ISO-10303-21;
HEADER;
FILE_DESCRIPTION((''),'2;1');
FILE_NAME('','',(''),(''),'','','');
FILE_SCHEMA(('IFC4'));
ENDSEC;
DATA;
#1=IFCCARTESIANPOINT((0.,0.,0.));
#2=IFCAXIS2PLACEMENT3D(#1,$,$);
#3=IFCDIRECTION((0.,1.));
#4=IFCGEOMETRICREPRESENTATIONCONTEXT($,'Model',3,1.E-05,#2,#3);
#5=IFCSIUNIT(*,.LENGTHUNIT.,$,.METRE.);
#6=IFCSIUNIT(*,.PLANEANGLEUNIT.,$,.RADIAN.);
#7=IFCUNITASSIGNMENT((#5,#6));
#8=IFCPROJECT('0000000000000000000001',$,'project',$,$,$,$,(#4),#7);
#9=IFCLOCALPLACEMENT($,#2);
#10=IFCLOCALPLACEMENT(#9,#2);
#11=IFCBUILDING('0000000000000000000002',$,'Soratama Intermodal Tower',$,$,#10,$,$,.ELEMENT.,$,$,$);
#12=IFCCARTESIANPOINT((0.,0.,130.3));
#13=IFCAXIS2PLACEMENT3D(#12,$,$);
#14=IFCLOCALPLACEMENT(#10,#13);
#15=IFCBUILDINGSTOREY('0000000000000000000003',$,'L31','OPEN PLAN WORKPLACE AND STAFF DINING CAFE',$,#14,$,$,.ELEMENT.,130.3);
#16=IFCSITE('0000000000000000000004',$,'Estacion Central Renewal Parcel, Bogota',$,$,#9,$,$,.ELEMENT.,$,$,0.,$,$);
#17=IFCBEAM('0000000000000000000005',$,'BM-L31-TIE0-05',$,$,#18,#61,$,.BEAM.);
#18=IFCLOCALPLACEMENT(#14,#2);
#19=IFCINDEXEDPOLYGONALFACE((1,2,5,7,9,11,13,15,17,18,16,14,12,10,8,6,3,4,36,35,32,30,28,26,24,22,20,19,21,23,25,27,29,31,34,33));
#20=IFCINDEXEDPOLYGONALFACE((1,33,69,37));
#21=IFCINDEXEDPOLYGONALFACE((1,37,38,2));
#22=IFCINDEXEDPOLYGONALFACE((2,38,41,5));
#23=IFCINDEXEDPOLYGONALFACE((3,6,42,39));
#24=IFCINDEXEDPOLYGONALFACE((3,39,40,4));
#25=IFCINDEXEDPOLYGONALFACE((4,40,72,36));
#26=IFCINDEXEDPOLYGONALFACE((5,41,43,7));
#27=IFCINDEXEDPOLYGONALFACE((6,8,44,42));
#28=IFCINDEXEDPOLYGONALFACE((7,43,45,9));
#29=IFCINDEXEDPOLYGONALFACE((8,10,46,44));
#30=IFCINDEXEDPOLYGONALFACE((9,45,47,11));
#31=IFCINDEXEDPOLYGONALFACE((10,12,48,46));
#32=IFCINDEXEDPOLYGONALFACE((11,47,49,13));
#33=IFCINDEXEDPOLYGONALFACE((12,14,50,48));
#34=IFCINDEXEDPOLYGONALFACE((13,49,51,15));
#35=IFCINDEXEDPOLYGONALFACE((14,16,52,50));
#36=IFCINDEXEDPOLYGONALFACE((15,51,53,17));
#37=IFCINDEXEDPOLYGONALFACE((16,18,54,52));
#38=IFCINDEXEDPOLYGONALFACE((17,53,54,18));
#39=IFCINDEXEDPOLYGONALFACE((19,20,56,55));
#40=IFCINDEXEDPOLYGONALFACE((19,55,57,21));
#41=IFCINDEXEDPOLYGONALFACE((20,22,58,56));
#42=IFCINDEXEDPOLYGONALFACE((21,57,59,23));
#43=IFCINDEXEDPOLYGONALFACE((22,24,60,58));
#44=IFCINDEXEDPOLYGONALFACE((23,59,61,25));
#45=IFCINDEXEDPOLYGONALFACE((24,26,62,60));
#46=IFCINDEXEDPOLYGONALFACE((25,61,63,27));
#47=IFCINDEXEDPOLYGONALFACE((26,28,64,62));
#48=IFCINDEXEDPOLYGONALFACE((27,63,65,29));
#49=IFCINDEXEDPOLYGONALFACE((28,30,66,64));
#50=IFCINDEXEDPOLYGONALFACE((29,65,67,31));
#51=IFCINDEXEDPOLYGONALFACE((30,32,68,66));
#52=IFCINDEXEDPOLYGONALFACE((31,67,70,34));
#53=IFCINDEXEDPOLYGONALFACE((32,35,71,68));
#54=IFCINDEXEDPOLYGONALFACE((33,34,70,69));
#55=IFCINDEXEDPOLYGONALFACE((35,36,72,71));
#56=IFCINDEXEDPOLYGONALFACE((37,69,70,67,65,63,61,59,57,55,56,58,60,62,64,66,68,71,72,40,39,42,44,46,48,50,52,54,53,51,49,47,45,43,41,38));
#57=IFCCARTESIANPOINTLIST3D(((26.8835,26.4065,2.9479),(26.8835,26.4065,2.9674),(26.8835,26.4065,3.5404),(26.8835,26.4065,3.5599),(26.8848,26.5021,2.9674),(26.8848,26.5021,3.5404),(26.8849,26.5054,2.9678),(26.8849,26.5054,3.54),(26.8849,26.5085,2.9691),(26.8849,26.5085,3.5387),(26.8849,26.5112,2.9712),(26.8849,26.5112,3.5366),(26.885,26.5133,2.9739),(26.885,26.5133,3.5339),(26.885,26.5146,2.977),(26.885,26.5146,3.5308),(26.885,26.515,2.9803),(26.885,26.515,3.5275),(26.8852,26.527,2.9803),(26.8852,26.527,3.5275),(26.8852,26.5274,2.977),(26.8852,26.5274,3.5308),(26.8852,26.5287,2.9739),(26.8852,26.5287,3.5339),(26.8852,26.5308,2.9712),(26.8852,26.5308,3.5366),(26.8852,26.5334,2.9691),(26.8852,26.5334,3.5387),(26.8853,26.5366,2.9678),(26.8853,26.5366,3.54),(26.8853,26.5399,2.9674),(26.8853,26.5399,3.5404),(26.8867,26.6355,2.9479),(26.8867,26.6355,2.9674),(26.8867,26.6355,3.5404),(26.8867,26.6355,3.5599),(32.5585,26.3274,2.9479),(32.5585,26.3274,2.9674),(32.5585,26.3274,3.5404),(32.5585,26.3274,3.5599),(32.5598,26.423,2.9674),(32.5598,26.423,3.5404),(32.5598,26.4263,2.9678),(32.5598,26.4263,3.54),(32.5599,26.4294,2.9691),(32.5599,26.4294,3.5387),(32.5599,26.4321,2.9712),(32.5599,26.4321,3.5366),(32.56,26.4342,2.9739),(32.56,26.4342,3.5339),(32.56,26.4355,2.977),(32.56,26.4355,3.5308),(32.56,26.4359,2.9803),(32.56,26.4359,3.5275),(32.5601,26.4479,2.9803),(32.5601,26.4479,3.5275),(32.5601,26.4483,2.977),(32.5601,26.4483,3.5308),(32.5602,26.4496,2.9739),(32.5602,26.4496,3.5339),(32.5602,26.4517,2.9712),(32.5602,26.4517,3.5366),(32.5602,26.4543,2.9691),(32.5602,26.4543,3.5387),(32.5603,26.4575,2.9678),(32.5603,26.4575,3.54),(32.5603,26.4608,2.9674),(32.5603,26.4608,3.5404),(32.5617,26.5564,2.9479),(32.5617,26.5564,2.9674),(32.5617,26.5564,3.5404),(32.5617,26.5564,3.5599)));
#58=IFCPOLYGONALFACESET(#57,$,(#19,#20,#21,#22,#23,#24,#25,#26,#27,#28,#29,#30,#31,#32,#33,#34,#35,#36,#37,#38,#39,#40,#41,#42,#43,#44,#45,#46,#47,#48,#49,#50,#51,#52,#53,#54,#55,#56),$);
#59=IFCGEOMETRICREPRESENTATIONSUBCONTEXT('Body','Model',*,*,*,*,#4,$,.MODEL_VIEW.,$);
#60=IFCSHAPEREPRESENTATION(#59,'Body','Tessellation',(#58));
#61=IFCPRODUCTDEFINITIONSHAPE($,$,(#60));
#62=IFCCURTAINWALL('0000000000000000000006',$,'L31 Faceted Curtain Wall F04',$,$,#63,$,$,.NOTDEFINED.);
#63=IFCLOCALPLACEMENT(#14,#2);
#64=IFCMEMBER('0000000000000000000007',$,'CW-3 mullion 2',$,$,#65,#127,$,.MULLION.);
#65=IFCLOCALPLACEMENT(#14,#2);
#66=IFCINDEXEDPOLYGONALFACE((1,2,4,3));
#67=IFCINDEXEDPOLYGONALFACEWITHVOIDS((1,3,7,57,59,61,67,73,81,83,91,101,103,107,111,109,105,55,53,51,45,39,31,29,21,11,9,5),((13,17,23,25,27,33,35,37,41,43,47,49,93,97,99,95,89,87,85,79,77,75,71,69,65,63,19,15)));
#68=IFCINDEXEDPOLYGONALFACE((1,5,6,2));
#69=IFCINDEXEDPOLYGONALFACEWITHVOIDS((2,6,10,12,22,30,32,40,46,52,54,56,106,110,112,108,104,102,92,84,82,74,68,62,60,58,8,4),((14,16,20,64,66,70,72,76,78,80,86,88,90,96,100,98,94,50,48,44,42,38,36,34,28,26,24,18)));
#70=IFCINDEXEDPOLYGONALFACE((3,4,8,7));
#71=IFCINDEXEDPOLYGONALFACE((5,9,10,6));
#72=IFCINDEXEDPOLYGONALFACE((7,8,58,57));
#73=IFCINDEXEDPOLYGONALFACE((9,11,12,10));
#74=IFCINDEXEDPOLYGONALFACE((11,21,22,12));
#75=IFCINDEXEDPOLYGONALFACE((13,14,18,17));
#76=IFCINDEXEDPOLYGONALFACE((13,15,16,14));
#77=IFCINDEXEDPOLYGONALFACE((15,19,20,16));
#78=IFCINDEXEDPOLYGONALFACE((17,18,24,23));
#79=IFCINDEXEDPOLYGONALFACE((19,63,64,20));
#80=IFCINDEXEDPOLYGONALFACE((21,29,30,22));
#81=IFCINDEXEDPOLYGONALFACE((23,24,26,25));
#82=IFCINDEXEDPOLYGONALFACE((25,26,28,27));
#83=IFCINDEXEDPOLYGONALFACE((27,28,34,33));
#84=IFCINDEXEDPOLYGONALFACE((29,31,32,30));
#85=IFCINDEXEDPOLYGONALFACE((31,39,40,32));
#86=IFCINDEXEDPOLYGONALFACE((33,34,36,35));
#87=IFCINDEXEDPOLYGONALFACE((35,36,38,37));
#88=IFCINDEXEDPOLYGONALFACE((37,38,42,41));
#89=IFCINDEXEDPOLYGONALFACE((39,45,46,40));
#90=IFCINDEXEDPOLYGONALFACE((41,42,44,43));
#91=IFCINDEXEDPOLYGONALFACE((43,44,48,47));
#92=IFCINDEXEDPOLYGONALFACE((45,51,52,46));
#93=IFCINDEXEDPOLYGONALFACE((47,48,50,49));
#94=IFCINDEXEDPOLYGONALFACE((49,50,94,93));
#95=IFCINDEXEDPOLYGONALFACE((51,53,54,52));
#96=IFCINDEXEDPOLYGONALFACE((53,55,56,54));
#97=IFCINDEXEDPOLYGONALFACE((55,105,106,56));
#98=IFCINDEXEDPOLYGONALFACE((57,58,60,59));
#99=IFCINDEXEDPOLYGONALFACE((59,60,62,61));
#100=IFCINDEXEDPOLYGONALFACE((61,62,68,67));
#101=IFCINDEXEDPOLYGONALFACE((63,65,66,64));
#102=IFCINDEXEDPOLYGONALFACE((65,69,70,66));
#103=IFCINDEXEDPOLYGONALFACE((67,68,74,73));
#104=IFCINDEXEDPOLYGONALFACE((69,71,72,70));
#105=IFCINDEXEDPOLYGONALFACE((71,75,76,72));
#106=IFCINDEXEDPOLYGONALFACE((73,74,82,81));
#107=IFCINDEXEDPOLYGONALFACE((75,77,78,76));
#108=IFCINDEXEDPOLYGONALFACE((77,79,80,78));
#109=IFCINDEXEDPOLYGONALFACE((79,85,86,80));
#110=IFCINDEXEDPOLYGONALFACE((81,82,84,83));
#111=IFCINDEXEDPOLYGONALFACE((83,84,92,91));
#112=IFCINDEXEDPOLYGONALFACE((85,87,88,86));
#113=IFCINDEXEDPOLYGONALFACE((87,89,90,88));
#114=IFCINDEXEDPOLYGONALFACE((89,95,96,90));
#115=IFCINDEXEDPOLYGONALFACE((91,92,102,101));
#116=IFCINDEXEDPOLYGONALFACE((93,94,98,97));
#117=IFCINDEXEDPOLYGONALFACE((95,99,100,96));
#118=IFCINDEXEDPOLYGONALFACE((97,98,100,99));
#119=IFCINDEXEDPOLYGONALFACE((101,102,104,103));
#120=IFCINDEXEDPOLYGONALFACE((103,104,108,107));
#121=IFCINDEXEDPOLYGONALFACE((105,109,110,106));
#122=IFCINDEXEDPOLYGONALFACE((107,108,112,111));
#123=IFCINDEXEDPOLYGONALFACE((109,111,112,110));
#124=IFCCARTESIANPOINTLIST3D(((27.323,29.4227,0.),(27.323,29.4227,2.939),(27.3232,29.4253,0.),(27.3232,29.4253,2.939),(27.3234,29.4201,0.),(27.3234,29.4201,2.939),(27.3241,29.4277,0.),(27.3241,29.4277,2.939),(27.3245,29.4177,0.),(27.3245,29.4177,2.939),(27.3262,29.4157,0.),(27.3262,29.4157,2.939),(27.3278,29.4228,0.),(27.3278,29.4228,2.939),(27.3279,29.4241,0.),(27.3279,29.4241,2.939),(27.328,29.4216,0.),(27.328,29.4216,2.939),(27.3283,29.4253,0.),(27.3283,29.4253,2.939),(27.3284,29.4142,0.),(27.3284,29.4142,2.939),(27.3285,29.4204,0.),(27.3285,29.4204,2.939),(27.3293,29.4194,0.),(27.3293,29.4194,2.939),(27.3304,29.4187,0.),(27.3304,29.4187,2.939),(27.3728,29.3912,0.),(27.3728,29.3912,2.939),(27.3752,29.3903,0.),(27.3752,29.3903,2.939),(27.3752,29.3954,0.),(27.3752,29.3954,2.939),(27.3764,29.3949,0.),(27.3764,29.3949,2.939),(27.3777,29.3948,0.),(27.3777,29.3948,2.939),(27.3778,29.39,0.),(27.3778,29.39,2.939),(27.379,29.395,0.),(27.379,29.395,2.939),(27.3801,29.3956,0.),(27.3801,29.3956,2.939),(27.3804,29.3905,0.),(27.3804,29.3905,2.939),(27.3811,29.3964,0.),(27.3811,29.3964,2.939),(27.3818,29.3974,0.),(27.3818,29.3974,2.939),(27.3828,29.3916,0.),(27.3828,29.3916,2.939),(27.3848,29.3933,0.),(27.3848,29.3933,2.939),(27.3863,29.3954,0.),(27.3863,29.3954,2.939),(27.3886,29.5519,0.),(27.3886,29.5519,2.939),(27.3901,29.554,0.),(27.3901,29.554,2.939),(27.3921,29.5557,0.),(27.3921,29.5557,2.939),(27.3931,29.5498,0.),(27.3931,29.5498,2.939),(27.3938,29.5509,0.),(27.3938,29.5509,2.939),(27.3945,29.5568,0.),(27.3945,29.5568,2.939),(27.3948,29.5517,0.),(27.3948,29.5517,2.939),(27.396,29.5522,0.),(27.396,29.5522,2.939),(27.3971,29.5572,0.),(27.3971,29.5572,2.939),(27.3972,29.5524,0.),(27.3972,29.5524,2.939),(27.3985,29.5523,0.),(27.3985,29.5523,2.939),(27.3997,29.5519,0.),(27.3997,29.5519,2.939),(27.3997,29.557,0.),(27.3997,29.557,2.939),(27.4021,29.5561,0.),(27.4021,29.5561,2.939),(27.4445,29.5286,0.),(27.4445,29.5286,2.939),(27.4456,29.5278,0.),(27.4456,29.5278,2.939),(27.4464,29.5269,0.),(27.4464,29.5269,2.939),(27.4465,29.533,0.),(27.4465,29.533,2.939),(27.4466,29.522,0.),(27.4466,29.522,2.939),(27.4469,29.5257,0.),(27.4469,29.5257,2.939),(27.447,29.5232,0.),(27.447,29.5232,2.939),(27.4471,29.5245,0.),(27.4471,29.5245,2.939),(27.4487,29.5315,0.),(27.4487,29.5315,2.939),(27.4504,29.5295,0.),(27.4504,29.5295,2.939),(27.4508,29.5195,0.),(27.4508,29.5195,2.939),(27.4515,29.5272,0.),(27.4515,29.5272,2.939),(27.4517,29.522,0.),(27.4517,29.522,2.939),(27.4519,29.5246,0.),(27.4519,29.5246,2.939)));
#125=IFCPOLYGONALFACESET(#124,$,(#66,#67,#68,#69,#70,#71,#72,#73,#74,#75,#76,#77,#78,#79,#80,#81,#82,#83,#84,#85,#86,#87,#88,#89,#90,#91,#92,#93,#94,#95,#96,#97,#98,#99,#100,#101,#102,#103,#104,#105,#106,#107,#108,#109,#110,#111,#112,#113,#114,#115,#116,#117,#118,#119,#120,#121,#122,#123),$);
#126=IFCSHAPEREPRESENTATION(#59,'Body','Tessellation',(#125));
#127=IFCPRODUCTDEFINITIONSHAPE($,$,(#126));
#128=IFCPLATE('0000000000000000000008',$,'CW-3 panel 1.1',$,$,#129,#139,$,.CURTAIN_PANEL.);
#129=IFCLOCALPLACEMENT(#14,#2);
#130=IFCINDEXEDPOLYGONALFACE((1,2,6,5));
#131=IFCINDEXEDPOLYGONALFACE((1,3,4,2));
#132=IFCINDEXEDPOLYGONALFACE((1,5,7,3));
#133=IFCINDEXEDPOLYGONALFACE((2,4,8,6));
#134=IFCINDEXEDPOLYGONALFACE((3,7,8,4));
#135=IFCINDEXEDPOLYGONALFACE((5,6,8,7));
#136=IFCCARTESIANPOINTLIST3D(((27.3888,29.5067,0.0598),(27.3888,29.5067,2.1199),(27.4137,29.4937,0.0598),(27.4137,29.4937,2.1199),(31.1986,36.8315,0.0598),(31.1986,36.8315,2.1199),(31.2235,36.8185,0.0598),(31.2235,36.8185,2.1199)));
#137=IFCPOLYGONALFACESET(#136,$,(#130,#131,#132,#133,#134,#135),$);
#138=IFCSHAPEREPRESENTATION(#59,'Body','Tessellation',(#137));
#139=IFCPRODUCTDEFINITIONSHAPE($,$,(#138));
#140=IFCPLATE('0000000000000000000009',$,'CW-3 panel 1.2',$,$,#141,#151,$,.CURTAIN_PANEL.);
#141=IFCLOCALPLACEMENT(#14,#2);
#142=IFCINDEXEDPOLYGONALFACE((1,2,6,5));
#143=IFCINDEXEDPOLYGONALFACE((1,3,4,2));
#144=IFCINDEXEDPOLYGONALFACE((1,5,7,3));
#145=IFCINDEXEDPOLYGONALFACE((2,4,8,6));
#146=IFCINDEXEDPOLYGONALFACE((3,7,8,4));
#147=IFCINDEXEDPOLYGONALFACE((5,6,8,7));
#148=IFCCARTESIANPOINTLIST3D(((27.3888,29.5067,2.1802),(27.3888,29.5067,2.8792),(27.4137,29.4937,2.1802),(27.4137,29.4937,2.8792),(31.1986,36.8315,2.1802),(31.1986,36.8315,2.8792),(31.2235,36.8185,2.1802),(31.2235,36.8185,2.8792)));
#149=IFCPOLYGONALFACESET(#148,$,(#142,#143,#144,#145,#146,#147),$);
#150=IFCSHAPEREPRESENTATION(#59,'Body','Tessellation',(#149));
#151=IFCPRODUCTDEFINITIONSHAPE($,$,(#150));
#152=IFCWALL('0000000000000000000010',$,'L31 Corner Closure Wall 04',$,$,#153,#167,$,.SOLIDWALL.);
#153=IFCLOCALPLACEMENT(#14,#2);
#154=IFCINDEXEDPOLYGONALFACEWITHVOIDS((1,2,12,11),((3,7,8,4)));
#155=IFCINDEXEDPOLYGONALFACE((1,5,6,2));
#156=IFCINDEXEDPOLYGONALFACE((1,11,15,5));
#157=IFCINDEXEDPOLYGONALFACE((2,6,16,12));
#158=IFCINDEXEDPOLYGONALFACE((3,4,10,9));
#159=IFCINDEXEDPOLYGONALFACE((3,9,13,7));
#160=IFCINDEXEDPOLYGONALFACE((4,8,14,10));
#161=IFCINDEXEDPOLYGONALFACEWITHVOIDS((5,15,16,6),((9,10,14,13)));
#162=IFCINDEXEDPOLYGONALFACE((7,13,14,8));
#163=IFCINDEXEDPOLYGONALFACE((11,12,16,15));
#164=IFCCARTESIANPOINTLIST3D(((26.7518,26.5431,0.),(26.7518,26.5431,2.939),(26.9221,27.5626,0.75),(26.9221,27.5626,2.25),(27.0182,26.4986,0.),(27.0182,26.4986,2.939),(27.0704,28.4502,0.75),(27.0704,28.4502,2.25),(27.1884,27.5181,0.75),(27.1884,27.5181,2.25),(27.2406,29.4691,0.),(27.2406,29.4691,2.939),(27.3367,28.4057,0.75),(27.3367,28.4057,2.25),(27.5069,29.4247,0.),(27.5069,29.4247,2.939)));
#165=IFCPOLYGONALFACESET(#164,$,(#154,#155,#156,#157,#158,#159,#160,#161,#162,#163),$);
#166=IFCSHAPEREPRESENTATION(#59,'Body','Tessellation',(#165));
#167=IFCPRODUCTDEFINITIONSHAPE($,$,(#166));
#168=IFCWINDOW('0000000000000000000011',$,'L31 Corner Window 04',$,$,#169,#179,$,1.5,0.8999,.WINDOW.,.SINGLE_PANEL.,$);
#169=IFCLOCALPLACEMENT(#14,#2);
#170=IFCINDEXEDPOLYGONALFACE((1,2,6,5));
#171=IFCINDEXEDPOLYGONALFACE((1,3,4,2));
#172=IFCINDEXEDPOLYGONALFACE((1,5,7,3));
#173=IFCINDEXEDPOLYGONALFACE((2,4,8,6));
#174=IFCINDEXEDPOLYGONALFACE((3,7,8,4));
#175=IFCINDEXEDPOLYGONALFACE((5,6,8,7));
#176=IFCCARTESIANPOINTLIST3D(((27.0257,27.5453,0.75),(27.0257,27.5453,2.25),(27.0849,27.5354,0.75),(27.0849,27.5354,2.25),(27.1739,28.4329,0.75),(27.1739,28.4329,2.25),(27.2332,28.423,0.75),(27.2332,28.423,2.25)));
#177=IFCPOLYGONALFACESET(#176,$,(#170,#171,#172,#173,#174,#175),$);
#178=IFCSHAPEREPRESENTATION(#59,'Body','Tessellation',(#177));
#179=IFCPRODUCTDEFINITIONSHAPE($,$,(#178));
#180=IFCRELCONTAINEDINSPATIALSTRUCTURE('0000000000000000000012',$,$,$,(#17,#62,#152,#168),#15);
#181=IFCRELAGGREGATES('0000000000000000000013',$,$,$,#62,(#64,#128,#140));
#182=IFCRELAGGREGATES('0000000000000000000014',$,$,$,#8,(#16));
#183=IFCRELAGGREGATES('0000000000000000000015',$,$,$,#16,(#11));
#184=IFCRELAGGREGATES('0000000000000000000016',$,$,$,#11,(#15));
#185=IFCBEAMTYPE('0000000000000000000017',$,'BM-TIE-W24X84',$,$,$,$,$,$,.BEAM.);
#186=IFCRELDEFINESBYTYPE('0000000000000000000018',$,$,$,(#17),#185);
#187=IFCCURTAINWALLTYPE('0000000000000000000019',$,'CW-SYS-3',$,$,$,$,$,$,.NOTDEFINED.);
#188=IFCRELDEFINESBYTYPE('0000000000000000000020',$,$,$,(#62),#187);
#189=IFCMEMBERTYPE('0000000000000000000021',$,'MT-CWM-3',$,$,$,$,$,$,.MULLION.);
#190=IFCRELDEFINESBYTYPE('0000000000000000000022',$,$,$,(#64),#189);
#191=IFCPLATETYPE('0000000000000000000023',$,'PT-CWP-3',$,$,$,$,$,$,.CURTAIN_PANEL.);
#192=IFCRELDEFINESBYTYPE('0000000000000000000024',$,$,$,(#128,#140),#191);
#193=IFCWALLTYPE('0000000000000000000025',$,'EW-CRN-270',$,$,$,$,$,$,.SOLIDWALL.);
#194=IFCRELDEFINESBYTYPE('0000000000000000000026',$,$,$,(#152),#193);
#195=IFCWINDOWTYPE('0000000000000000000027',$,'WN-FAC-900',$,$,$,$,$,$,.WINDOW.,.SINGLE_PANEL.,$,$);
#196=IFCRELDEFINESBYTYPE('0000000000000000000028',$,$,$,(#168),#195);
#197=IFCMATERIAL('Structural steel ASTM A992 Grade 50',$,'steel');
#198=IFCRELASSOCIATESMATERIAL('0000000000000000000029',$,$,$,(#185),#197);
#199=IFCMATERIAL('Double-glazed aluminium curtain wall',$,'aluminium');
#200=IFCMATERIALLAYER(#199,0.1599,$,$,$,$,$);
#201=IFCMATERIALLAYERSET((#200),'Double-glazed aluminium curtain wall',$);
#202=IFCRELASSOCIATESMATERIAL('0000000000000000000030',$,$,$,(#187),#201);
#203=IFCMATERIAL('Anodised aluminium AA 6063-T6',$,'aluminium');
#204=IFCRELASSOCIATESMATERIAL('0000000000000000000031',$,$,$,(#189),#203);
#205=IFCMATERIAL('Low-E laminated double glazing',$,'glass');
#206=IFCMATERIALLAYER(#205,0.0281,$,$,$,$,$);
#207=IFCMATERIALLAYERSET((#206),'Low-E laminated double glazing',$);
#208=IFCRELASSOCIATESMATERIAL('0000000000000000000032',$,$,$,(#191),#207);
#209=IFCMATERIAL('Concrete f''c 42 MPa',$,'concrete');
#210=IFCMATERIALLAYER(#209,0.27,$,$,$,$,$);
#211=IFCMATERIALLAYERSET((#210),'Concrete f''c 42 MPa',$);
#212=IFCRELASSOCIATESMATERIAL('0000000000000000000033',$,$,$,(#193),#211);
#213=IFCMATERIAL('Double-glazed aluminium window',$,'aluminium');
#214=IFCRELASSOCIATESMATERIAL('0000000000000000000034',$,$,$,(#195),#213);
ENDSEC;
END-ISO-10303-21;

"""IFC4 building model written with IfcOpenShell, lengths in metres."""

from ifc_helpers import new_model, si_unit, direction, frame, frame_2d, origin, origin_2d, place, context, subcontext, project, spatial, rectangle, hollow_rectangle, i_section, extrude, material, layer, layer_set, material_profile, profile_set, type_object, element, fill, aggregate, save


model = new_model("IFC4")

# Units and contexts
model_context = context("Model", 3, precision=1e-05, world=origin(), true_north=direction((0.0, 1.0)))
body_context = subcontext(model_context, "Body", "Model", "MODEL_VIEW")
ifc_project = project(units=[si_unit("LENGTHUNIT", "METRE"), si_unit("PLANEANGLEUNIT", "RADIAN")], contexts=[model_context])

# Site, building, storey
site_placement = place(None, origin())
site = spatial("IfcSite", under=ifc_project, at=site_placement, Name="Estacion Central Renewal Parcel, Bogota", CompositionType="ELEMENT", RefElevation=0.0)
building_placement = place(site_placement, origin())
building = spatial("IfcBuilding", under=site, at=building_placement, Name="Soratama Intermodal Tower", CompositionType="ELEMENT")
storey_placement = place(building_placement, frame((0.0, 0.0, 130.3)))
storey = spatial("IfcBuildingStorey", under=building, at=storey_placement, Name="L31", Description="OPEN PLAN WORKPLACE AND STAFF DINING CAFE", CompositionType="ELEMENT", Elevation=130.3)

# Beam
ifc_material_1 = material(Name="Structural steel ASTM A992 Grade 50", Category="steel")
ifc_material_profile_1 = material_profile(ifc_material_1, i_section(OverallWidth=0.229, OverallDepth=0.6121, WebThickness=0.012, FlangeThickness=0.0195, FilletRadius=0.0129, at=origin_2d()), Name="W24X84")
ifc_profile_set_1 = profile_set([ifc_material_profile_1], Name="Structural steel ASTM A992 Grade 50")
beam_type_1 = type_object("IfcBeamType", Name="BM-TIE-W24X84", PredefinedType="BEAM", material=ifc_profile_set_1)
beam_1_placement = place(storey_placement, frame((32.5601, 26.4419, 3.2539), z_axis=(-0.999903, 0.013937, 0.0), x_axis=(-0.013937, -0.999903, 0.0)))
element("IfcBeam", 1, at=beam_1_placement, inside=storey, type_object=beam_type_1, Name="BM-L31-TIE0-05", PredefinedType="BEAM", context=body_context, shape_type="SweptSolid", body=[
    extrude(i_section(OverallWidth=0.229, OverallDepth=0.6121, WebThickness=0.012, FlangeThickness=0.0195, FilletRadius=0.0129, at=origin_2d()), origin(), (0.0, 0.0, 1.0), 5.6755),
])

# Curtain wall, member, plates
ifc_material_2 = material(Name="Double-glazed aluminium curtain wall", Category="aluminium")
ifc_layer_1 = layer(ifc_material_2, 0.1599)
ifc_layer_set_1 = layer_set([ifc_layer_1], Name="Double-glazed aluminium curtain wall")
curtain_wall_type = type_object("IfcCurtainWallType", Name="CW-SYS-3", PredefinedType="NOTDEFINED", material=ifc_layer_set_1)
curtain_wall_placement = place(storey_placement, origin())
curtain_wall = element("IfcCurtainWall", 2, at=curtain_wall_placement, inside=storey, type_object=curtain_wall_type, Name="L31 Faceted Curtain Wall F04", PredefinedType="NOTDEFINED")
ifc_material_3 = material(Name="Anodised aluminium AA 6063-T6", Category="aluminium")
ifc_material_profile_2 = material_profile(ifc_material_3, hollow_rectangle(XDim=0.0701, YDim=0.1599, WallThickness=0.0049, InnerFilletRadius=0.0049, OuterFilletRadius=0.01, at=origin_2d()), Name="CWM160X70X5")
ifc_profile_set_2 = profile_set([ifc_material_profile_2], Name="Anodised aluminium AA 6063-T6")
member_type = type_object("IfcMemberType", Name="MT-CWM-3", PredefinedType="MULLION", material=ifc_profile_set_2)
member_placement = place(storey_placement, frame((27.3875, 29.4736, 0.0), z_axis=(0.0, 0.0, 1.0), x_axis=(0.887174, -0.461435, 0.0)))
member = element("IfcMember", 3, at=member_placement, type_object=member_type, Name="CW-3 mullion 2", PredefinedType="MULLION", context=body_context, shape_type="SweptSolid", body=[
    extrude(hollow_rectangle(XDim=0.0701, YDim=0.1599, WallThickness=0.0049, InnerFilletRadius=0.0049, OuterFilletRadius=0.01, at=origin_2d()), origin(), (0.0, 0.0, 1.0), 2.939),
])
ifc_material_4 = material(Name="Low-E laminated double glazing", Category="glass")
ifc_layer_2 = layer(ifc_material_4, 0.0281)
ifc_layer_set_2 = layer_set([ifc_layer_2], Name="Low-E laminated double glazing")
plate_type = type_object("IfcPlateType", Name="PT-CWP-3", PredefinedType="CURTAIN_PANEL", material=ifc_layer_set_2)
plate_1_placement = place(storey_placement, frame((29.3062, 33.1626, 0.0598), z_axis=(0.0, 0.0, 1.0), x_axis=(-0.461435, -0.887174, 0.0)))
plate_1 = element("IfcPlate", 4, at=plate_1_placement, type_object=plate_type, Name="CW-3 panel 1.1", PredefinedType="CURTAIN_PANEL", context=body_context, shape_type="SweptSolid", body=[
    extrude(rectangle(XDim=8.2563, YDim=0.0281, at=origin_2d()), origin(), (0.0, 0.0, 1.0), 2.0601),
])
plate_2_placement = place(storey_placement, frame((29.3062, 33.1626, 2.1802), z_axis=(0.0, 0.0, 1.0), x_axis=(-0.461435, -0.887174, 0.0)))
plate_2 = element("IfcPlate", 5, at=plate_2_placement, type_object=plate_type, Name="CW-3 panel 1.2", PredefinedType="CURTAIN_PANEL", context=body_context, shape_type="SweptSolid", body=[
    extrude(rectangle(XDim=8.2563, YDim=0.0281, at=origin_2d()), origin(), (0.0, 0.0, 1.0), 0.699),
])
aggregate(curtain_wall, [member, plate_1, plate_2])

# Wall, opening, window
ifc_material_5 = material(Name="Concrete f'c 42 MPa", Category="concrete")
ifc_layer_3 = layer(ifc_material_5, 0.27)
ifc_layer_set_3 = layer_set([ifc_layer_3], Name="Concrete f'c 42 MPa")
wall_type_1 = type_object("IfcWallType", Name="EW-CRN-270", PredefinedType="SOLIDWALL", material=ifc_layer_set_3)
wall_1_placement = place(storey_placement, frame((27.3738, 29.447, 0.0), z_axis=(0.0, 0.0, 1.0), x_axis=(-0.164759, -0.986334, 0.0)))
wall_1 = element("IfcWall", 6, at=wall_1_placement, inside=storey, type_object=wall_type_1, Name="L31 Corner Closure Wall 04", PredefinedType="SOLIDWALL", context=body_context, shape_type="SweptSolid", body=[
    extrude(rectangle(XDim=2.9666, YDim=0.27, at=frame_2d((1.4834, 0.0))), origin(), (0.0, 0.0, 1.0), 2.939),
])
opening_1_placement = place(wall_1_placement, frame((1.0332, 0.0, 0.75)))
opening_1 = element("IfcOpeningElement", 7, at=opening_1_placement, cuts=wall_1, PredefinedType="OPENING", context=body_context, shape_type="SweptSolid", body=[
    extrude(rectangle(XDim=0.8999, YDim=1.5, at=frame_2d((0.45, 0.75))), frame((0.0, 0.145, 0.0), z_axis=(0.0, -1.0, 0.0), x_axis=(1.0, 0.0, 0.0)), (0.0, 0.0, 1.0), 0.29),
])
ifc_material_6 = material(Name="Double-glazed aluminium window", Category="aluminium")
window_type_1 = type_object("IfcWindowType", Name="WN-FAC-900", PartitioningType="SINGLE_PANEL", PredefinedType="WINDOW", material=ifc_material_6)
window_1_placement = place(opening_1_placement, origin())
window_1 = element("IfcWindow", 8, at=window_1_placement, inside=storey, type_object=window_type_1, Name="L31 Corner Window 04", OverallHeight=1.5, OverallWidth=0.8999, PartitioningType="SINGLE_PANEL", PredefinedType="WINDOW", context=body_context, shape_type="SweptSolid", body=[
    extrude(rectangle(XDim=0.8999, YDim=1.5, at=frame_2d((0.45, 0.75))), frame((0.0, 0.03, 0.0), z_axis=(0.0, -1.0, 0.0), x_axis=(1.0, 0.0, 0.0)), (0.0, 0.0, 1.0), 0.0601),
])
fill(opening_1, window_1)

save(model, "model.ifc")
